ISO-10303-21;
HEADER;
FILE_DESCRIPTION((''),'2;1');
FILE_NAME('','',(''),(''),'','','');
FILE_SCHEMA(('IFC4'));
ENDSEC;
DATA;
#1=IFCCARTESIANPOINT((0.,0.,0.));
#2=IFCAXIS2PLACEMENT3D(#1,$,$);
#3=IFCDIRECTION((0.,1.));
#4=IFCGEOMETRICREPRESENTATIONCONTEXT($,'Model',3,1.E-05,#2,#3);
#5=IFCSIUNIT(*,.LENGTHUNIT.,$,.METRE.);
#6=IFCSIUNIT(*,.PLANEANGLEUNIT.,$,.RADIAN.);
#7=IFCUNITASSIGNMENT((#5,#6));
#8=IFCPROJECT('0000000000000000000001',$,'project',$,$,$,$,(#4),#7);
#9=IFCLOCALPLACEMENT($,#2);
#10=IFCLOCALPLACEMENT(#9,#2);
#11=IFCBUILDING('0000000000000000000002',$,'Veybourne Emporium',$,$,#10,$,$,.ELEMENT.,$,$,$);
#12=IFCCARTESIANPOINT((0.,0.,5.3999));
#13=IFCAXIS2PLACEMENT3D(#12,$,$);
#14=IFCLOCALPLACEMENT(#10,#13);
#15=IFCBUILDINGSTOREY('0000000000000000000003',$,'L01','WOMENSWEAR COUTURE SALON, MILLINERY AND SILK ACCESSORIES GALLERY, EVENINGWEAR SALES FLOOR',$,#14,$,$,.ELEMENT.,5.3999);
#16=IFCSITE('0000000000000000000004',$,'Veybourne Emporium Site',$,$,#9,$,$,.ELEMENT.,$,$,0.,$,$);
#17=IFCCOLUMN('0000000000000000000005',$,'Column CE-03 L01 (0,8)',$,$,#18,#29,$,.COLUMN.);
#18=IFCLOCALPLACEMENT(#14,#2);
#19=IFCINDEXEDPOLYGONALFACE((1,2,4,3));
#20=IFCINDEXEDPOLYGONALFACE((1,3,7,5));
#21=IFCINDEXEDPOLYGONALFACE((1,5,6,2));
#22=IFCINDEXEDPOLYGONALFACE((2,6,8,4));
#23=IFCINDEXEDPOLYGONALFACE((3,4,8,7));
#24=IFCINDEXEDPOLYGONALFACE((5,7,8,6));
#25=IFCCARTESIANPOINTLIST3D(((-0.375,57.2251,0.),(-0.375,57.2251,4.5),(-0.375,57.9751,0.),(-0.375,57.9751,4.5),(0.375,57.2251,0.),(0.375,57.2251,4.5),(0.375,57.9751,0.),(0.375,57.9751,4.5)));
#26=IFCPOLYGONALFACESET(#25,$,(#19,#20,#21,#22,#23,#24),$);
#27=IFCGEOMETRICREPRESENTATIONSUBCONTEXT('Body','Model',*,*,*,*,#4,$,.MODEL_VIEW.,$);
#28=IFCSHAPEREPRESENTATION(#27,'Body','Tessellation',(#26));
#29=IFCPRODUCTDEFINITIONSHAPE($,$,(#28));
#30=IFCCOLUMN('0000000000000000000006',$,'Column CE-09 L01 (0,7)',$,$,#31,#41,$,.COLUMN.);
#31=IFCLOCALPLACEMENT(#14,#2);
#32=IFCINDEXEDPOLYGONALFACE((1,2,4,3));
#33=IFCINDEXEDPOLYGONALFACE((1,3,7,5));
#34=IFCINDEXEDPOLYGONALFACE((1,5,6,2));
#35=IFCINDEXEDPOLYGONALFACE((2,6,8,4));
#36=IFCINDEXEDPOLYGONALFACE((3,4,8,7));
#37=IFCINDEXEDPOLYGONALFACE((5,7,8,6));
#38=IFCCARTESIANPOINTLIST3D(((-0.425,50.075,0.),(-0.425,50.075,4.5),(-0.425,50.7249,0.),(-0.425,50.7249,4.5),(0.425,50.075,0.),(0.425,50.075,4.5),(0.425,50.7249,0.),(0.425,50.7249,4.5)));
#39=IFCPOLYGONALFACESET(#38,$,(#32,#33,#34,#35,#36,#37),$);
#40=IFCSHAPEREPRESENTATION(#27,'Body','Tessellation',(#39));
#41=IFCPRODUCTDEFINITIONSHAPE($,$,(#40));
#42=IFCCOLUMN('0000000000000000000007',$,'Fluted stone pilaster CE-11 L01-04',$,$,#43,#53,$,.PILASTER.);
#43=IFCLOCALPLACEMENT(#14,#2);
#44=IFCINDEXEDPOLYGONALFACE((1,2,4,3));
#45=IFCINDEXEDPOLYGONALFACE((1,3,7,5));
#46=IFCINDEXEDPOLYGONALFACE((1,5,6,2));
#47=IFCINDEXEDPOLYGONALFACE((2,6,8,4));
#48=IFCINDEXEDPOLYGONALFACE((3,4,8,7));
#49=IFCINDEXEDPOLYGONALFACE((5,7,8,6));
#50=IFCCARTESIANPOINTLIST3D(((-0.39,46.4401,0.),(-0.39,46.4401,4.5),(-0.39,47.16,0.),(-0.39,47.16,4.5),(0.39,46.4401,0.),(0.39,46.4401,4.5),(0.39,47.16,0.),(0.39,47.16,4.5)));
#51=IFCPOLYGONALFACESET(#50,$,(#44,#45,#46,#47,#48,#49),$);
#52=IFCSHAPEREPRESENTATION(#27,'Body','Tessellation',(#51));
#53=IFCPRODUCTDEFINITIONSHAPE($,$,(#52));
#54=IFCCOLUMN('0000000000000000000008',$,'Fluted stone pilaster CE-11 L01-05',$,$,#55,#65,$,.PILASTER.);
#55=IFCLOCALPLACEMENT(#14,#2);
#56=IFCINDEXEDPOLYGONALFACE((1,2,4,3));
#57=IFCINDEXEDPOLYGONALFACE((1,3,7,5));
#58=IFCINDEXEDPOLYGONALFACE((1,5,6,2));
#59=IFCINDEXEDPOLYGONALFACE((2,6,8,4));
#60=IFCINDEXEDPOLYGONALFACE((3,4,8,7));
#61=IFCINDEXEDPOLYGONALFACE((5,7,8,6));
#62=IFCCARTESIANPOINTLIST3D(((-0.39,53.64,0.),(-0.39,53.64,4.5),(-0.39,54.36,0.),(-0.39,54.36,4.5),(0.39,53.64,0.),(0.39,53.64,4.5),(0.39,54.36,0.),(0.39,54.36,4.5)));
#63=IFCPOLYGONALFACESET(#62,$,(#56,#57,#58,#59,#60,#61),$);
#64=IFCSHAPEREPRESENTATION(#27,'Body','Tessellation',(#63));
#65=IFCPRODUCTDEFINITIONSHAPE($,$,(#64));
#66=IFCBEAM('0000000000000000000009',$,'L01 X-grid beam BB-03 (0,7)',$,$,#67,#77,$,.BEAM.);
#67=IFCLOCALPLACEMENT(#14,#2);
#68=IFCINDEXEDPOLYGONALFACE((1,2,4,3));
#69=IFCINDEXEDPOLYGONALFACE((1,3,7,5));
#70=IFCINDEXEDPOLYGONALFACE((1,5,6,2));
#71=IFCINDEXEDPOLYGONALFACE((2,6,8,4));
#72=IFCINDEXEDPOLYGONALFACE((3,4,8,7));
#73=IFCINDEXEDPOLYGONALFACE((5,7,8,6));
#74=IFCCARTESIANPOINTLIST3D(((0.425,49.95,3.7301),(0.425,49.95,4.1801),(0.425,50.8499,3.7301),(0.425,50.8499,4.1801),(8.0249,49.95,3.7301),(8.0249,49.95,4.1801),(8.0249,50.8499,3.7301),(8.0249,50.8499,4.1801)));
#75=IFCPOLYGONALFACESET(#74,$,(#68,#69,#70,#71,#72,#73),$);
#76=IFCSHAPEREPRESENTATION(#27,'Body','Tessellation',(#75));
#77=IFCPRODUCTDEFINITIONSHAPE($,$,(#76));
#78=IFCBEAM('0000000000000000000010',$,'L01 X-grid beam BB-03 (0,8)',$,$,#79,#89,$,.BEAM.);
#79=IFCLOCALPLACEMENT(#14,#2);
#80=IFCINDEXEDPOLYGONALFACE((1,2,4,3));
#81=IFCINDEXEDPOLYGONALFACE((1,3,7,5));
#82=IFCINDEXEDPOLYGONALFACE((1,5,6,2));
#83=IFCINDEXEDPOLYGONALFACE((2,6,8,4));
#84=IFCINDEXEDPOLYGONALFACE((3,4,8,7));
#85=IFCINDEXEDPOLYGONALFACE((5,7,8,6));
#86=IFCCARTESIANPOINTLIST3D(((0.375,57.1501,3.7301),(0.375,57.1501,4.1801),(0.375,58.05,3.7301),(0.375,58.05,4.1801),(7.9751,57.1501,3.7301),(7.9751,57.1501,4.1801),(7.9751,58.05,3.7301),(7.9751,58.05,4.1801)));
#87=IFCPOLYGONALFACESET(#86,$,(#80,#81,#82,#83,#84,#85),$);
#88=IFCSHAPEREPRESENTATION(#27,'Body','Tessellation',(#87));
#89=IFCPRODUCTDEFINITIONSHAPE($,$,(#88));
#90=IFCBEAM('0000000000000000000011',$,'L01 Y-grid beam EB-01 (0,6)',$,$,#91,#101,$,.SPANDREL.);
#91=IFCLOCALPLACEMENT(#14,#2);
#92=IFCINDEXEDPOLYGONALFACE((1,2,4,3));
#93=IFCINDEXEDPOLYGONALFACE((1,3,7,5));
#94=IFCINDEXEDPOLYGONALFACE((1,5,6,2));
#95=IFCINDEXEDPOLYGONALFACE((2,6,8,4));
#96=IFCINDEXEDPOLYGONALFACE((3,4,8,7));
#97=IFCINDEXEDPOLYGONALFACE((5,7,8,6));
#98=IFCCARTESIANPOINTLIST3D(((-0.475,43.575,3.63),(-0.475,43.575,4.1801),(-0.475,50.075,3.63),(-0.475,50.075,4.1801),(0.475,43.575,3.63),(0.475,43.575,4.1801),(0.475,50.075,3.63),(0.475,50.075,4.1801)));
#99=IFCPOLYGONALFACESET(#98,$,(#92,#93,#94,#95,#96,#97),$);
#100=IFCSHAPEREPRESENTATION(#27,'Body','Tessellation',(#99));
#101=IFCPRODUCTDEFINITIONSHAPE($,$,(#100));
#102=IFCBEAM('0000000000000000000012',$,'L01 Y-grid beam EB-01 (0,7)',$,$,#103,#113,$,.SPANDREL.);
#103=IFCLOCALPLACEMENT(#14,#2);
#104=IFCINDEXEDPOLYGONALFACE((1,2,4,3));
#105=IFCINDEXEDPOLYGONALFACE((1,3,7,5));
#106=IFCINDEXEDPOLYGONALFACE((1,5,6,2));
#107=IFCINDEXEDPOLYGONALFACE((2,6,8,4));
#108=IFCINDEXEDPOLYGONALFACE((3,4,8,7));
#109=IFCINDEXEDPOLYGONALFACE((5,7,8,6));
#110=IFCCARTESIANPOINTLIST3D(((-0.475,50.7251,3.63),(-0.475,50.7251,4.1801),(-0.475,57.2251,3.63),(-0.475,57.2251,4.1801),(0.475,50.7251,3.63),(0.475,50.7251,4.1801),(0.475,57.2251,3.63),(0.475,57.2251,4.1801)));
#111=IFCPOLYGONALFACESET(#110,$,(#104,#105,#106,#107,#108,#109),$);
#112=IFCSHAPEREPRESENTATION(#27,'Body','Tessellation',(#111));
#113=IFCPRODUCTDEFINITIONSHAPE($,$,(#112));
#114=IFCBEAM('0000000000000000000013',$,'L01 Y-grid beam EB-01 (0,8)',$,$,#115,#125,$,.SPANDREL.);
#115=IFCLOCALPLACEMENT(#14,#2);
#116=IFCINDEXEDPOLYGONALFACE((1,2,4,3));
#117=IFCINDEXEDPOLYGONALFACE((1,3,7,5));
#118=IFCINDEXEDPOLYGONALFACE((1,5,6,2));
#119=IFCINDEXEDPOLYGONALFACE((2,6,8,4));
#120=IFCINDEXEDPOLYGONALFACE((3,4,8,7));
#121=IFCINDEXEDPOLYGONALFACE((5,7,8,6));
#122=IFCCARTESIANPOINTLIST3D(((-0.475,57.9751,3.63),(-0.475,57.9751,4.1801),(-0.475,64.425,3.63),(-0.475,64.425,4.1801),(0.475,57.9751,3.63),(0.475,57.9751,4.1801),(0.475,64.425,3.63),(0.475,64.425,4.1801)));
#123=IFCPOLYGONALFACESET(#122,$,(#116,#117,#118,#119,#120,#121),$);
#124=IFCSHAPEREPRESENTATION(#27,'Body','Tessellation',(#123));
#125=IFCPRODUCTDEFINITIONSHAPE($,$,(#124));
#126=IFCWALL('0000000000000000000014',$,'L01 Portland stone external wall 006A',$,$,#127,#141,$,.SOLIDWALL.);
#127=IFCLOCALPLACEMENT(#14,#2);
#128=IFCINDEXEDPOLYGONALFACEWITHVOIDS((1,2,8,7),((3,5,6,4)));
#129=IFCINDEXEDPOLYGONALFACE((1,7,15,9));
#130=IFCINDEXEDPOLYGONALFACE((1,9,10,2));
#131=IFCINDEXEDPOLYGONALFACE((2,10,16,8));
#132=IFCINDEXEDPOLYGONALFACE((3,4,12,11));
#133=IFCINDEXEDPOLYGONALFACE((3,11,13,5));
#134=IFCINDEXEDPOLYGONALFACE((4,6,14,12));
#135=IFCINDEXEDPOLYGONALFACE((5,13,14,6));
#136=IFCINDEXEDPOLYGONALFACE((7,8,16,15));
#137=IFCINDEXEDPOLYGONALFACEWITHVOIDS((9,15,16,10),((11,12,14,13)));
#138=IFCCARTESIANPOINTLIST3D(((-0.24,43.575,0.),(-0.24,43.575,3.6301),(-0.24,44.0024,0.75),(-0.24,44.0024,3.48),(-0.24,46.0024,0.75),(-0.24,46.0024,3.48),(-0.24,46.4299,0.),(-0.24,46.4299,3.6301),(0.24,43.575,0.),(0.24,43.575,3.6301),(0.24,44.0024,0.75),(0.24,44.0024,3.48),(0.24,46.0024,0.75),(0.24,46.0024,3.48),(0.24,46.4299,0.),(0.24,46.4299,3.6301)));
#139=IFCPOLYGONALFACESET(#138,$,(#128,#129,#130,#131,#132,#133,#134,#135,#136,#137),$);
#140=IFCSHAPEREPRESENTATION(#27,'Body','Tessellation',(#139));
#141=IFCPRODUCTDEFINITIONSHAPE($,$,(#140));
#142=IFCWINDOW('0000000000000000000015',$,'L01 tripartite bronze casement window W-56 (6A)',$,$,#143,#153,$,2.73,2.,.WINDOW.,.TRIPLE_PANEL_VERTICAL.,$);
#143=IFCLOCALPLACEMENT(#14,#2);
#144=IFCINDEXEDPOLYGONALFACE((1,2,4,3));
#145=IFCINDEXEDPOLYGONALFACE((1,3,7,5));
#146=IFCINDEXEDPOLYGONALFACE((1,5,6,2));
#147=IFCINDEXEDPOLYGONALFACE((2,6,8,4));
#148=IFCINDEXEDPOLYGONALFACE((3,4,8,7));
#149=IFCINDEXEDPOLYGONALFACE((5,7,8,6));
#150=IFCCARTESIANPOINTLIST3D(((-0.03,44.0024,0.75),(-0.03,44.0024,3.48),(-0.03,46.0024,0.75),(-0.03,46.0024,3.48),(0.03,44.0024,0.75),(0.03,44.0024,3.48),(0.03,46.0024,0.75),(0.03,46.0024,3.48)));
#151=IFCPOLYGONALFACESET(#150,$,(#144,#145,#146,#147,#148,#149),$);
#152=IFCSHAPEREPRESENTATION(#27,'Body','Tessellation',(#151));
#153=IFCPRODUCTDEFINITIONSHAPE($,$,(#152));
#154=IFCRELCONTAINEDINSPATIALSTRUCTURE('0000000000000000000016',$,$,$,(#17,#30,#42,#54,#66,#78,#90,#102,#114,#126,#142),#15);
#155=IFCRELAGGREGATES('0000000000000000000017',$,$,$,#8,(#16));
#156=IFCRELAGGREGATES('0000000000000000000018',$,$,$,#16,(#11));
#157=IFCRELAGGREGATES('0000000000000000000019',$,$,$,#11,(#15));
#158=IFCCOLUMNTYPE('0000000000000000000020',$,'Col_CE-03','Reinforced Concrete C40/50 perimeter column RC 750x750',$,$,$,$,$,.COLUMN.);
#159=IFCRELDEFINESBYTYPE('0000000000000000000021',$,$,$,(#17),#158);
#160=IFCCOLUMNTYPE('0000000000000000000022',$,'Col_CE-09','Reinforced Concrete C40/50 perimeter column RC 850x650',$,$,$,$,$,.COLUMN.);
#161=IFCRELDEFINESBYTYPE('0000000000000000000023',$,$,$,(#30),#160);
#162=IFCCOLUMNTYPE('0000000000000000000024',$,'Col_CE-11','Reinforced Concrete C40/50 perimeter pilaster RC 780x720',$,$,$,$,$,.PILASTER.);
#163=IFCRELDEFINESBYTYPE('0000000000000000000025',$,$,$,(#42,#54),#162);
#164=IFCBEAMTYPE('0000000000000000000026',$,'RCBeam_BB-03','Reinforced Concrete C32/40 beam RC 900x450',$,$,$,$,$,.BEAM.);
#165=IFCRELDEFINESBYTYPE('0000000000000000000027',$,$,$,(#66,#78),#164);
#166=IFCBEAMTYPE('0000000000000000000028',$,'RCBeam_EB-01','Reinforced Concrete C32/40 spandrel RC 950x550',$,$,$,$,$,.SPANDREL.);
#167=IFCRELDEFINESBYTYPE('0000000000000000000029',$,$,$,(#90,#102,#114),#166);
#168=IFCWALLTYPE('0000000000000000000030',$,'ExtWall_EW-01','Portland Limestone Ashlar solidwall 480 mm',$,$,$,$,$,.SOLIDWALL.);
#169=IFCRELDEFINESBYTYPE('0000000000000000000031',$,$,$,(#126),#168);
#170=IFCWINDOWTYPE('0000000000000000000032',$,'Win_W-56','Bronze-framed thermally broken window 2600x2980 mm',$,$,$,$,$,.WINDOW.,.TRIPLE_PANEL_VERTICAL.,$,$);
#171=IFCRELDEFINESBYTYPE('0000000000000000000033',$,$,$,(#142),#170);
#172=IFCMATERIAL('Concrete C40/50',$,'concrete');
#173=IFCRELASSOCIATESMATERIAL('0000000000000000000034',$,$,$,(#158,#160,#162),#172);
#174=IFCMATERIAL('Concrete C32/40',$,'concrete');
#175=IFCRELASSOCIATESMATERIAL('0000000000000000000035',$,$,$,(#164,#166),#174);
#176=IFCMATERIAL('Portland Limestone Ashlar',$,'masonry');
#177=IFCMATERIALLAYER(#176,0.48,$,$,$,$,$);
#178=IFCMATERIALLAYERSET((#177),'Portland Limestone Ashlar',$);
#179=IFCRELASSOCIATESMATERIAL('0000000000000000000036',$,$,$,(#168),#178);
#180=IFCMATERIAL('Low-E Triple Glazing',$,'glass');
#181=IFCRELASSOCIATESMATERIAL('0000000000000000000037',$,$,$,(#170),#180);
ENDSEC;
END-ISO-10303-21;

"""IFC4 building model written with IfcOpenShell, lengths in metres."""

from ifc_helpers import new_model, si_unit, direction, frame, frame_2d, origin, origin_2d, place, context, subcontext, project, spatial, rectangle, extrude, material, layer, layer_set, material_profile, profile_set, type_object, element, fill, save


model = new_model("IFC4")

# Units and contexts
model_context = context("Model", 3, precision=1e-05, world=origin(), true_north=direction((0.0, 1.0)))
body_context = subcontext(model_context, "Body", "Model", "MODEL_VIEW")
ifc_project = project(units=[si_unit("LENGTHUNIT", "METRE"), si_unit("PLANEANGLEUNIT", "RADIAN")], contexts=[model_context])

# Site, building, storey
site_placement = place(None, origin())
site = spatial("IfcSite", under=ifc_project, at=site_placement, Name="Veybourne Emporium Site", CompositionType="ELEMENT", RefElevation=0.0)
building_placement = place(site_placement, origin())
building = spatial("IfcBuilding", under=site, at=building_placement, Name="Veybourne Emporium", CompositionType="ELEMENT")
storey_placement = place(building_placement, frame((0.0, 0.0, 5.3999)))
storey = spatial("IfcBuildingStorey", under=building, at=storey_placement, Name="L01", Description="WOMENSWEAR COUTURE SALON, MILLINERY AND SILK ACCESSORIES GALLERY, EVENINGWEAR SALES FLOOR", CompositionType="ELEMENT", Elevation=5.3999)

# Columns
ifc_material_1 = material(Name="Concrete C40/50", Category="concrete")
ifc_material_profile_1 = material_profile(ifc_material_1, rectangle(XDim=0.75, YDim=0.75, at=origin_2d()), Name="RC 750x750")
ifc_profile_set_1 = profile_set([ifc_material_profile_1], Name="Concrete C40/50")
column_type_1 = type_object("IfcColumnType", Name="Col_CE-03", Description="Reinforced Concrete C40/50 perimeter column RC 750x750", PredefinedType="COLUMN", material=ifc_profile_set_1)
column_1_placement = place(storey_placement, frame((0.0, 57.6001, 0.0), z_axis=(0.0, 0.0, 1.0), x_axis=(1.0, 0.0, 0.0)))
element("IfcColumn", 1, at=column_1_placement, inside=storey, type_object=column_type_1, Name="Column CE-03 L01 (0,8)", PredefinedType="COLUMN", context=body_context, shape_type="SweptSolid", body=[
    extrude(rectangle(XDim=0.75, YDim=0.75, at=origin_2d()), origin(), (0.0, 0.0, 1.0), 4.5),
])
ifc_material_profile_2 = material_profile(ifc_material_1, rectangle(XDim=0.8501, YDim=0.6499, at=origin_2d()), Name="RC 850x650")
ifc_profile_set_2 = profile_set([ifc_material_profile_2], Name="Concrete C40/50")
column_type_2 = type_object("IfcColumnType", Name="Col_CE-09", Description="Reinforced Concrete C40/50 perimeter column RC 850x650", PredefinedType="COLUMN", material=ifc_profile_set_2)
column_2_placement = place(storey_placement, frame((0.0, 50.3999, 0.0), z_axis=(0.0, 0.0, 1.0), x_axis=(1.0, 0.0, 0.0)))
element("IfcColumn", 2, at=column_2_placement, inside=storey, type_object=column_type_2, Name="Column CE-09 L01 (0,7)", PredefinedType="COLUMN", context=body_context, shape_type="SweptSolid", body=[
    extrude(rectangle(XDim=0.8501, YDim=0.6499, at=origin_2d()), origin(), (0.0, 0.0, 1.0), 4.5),
])
ifc_material_profile_3 = material_profile(ifc_material_1, rectangle(XDim=0.78, YDim=0.72, at=origin_2d()), Name="RC 780x720")
ifc_profile_set_3 = profile_set([ifc_material_profile_3], Name="Concrete C40/50")
column_type_3 = type_object("IfcColumnType", Name="Col_CE-11", Description="Reinforced Concrete C40/50 perimeter pilaster RC 780x720", PredefinedType="PILASTER", material=ifc_profile_set_3)
for number, where, z_axis, x_axis, name in (
    (3, (0.0, 46.8, 0.0), (0.0, 0.0, 1.0), (1.0, 0.0, 0.0), "Fluted stone pilaster CE-11 L01-04"),
    (4, (0.0, 54.0, 0.0), (0.0, 0.0, 1.0), (1.0, 0.0, 0.0), "Fluted stone pilaster CE-11 L01-05"),
):
    element("IfcColumn", number, at=place(storey_placement, frame(where, z_axis=z_axis, x_axis=x_axis)), inside=storey, type_object=column_type_3, Name=name, PredefinedType="PILASTER", context=body_context, shape_type="SweptSolid", body=[
        extrude(rectangle(XDim=0.78, YDim=0.72, at=origin_2d()), origin(), (0.0, 0.0, 1.0), 4.5),
    ])

# Beams
ifc_material_2 = material(Name="Concrete C32/40", Category="concrete")
ifc_material_profile_4 = material_profile(ifc_material_2, rectangle(XDim=0.8999, YDim=0.45, at=origin_2d()), Name="RC 900x450")
ifc_profile_set_4 = profile_set([ifc_material_profile_4], Name="Concrete C32/40")
beam_type_1 = type_object("IfcBeamType", Name="RCBeam_BB-03", Description="Reinforced Concrete C32/40 beam RC 900x450", PredefinedType="BEAM", material=ifc_profile_set_4)
beam_1_placement = place(storey_placement, frame((0.425, 50.3999, 3.9551), z_axis=(1.0, 0.0, 0.0), x_axis=(0.0, 1.0, 0.0)))
element("IfcBeam", 5, at=beam_1_placement, inside=storey, type_object=beam_type_1, Name="L01 X-grid beam BB-03 (0,7)", PredefinedType="BEAM", context=body_context, shape_type="SweptSolid", body=[
    extrude(rectangle(XDim=0.8999, YDim=0.45, at=origin_2d()), origin(), (0.0, 0.0, 1.0), 7.5999),
])
beam_2_placement = place(storey_placement, frame((0.375, 57.6001, 3.9551), z_axis=(1.0, 0.0, 0.0), x_axis=(0.0, 1.0, 0.0)))
element("IfcBeam", 6, at=beam_2_placement, inside=storey, type_object=beam_type_1, Name="L01 X-grid beam BB-03 (0,8)", PredefinedType="BEAM", context=body_context, shape_type="SweptSolid", body=[
    extrude(rectangle(XDim=0.8999, YDim=0.45, at=origin_2d()), origin(), (0.0, 0.0, 1.0), 7.6001),
])
ifc_material_profile_5 = material_profile(ifc_material_2, rectangle(XDim=0.95, YDim=0.55, at=origin_2d()), Name="RC 950x550")
ifc_profile_set_5 = profile_set([ifc_material_profile_5], Name="Concrete C32/40")
beam_type_2 = type_object("IfcBeamType", Name="RCBeam_EB-01", Description="Reinforced Concrete C32/40 spandrel RC 950x550", PredefinedType="SPANDREL", material=ifc_profile_set_5)
for number, where, z_axis, x_axis, name in (
    (7, (0.0, 43.575, 3.905), (0.0, 1.0, 0.0), (-1.0, 0.0, 0.0), "L01 Y-grid beam EB-01 (0,6)"),
    (8, (0.0, 50.7251, 3.905), (0.0, 1.0, 0.0), (-1.0, 0.0, 0.0), "L01 Y-grid beam EB-01 (0,7)"),
):
    element("IfcBeam", number, at=place(storey_placement, frame(where, z_axis=z_axis, x_axis=x_axis)), inside=storey, type_object=beam_type_2, Name=name, PredefinedType="SPANDREL", context=body_context, shape_type="SweptSolid", body=[
        extrude(rectangle(XDim=0.95, YDim=0.55, at=origin_2d()), origin(), (0.0, 0.0, 1.0), 6.5),
    ])
beam_3_placement = place(storey_placement, frame((0.0, 57.9751, 3.905), z_axis=(0.0, 1.0, 0.0), x_axis=(-1.0, 0.0, 0.0)))
element("IfcBeam", 9, at=beam_3_placement, inside=storey, type_object=beam_type_2, Name="L01 Y-grid beam EB-01 (0,8)", PredefinedType="SPANDREL", context=body_context, shape_type="SweptSolid", body=[
    extrude(rectangle(XDim=0.95, YDim=0.55, at=origin_2d()), origin(), (0.0, 0.0, 1.0), 6.45),
])

# Wall, opening, window
ifc_material_3 = material(Name="Portland Limestone Ashlar", Category="masonry")
ifc_layer_1 = layer(ifc_material_3, 0.48)
ifc_layer_set_1 = layer_set([ifc_layer_1], Name="Portland Limestone Ashlar")
wall_type_1 = type_object("IfcWallType", Name="ExtWall_EW-01", Description="Portland Limestone Ashlar solidwall 480 mm", PredefinedType="SOLIDWALL", material=ifc_layer_set_1)
wall_1_placement = place(storey_placement, frame((0.0, 43.575, 0.0), z_axis=(0.0, 0.0, 1.0), x_axis=(0.0, 1.0, 0.0)))
wall_1 = element("IfcWall", 10, at=wall_1_placement, inside=storey, type_object=wall_type_1, Name="L01 Portland stone external wall 006A", PredefinedType="SOLIDWALL", context=body_context, shape_type="SweptSolid", body=[
    extrude(rectangle(XDim=2.855, YDim=0.48, at=frame_2d((1.4275, 0.0))), origin(), (0.0, 0.0, 1.0), 3.6301),
])
opening_1_placement = place(wall_1_placement, frame((0.4275, 0.0, 0.75)))
opening_1 = element("IfcOpeningElement", 11, at=opening_1_placement, cuts=wall_1, PredefinedType="OPENING", context=body_context, shape_type="SweptSolid", body=[
    extrude(rectangle(XDim=2.0, YDim=2.73, at=frame_2d((1.0, 1.365))), frame((0.0, 0.26, 0.0), z_axis=(0.0, -1.0, 0.0), x_axis=(1.0, 0.0, 0.0)), (0.0, 0.0, 1.0), 0.52),
])
ifc_material_4 = material(Name="Low-E Triple Glazing", Category="glass")
window_type_1 = type_object("IfcWindowType", Name="Win_W-56", Description="Bronze-framed thermally broken window 2600x2980 mm", PartitioningType="TRIPLE_PANEL_VERTICAL", PredefinedType="WINDOW", material=ifc_material_4)
window_1_placement = place(opening_1_placement, origin())
window_1 = element("IfcWindow", 12, at=window_1_placement, inside=storey, type_object=window_type_1, Name="L01 tripartite bronze casement window W-56 (6A)", OverallHeight=2.73, OverallWidth=2.0, PartitioningType="TRIPLE_PANEL_VERTICAL", PredefinedType="WINDOW", context=body_context, shape_type="SweptSolid", body=[
    extrude(rectangle(XDim=2.0, YDim=2.73, at=frame_2d((1.0, 1.365))), frame((0.0, 0.03, 0.0), z_axis=(0.0, -1.0, 0.0), x_axis=(1.0, 0.0, 0.0)), (0.0, 0.0, 1.0), 0.0601),
])
fill(opening_1, window_1)

save(model, "model.ifc")
